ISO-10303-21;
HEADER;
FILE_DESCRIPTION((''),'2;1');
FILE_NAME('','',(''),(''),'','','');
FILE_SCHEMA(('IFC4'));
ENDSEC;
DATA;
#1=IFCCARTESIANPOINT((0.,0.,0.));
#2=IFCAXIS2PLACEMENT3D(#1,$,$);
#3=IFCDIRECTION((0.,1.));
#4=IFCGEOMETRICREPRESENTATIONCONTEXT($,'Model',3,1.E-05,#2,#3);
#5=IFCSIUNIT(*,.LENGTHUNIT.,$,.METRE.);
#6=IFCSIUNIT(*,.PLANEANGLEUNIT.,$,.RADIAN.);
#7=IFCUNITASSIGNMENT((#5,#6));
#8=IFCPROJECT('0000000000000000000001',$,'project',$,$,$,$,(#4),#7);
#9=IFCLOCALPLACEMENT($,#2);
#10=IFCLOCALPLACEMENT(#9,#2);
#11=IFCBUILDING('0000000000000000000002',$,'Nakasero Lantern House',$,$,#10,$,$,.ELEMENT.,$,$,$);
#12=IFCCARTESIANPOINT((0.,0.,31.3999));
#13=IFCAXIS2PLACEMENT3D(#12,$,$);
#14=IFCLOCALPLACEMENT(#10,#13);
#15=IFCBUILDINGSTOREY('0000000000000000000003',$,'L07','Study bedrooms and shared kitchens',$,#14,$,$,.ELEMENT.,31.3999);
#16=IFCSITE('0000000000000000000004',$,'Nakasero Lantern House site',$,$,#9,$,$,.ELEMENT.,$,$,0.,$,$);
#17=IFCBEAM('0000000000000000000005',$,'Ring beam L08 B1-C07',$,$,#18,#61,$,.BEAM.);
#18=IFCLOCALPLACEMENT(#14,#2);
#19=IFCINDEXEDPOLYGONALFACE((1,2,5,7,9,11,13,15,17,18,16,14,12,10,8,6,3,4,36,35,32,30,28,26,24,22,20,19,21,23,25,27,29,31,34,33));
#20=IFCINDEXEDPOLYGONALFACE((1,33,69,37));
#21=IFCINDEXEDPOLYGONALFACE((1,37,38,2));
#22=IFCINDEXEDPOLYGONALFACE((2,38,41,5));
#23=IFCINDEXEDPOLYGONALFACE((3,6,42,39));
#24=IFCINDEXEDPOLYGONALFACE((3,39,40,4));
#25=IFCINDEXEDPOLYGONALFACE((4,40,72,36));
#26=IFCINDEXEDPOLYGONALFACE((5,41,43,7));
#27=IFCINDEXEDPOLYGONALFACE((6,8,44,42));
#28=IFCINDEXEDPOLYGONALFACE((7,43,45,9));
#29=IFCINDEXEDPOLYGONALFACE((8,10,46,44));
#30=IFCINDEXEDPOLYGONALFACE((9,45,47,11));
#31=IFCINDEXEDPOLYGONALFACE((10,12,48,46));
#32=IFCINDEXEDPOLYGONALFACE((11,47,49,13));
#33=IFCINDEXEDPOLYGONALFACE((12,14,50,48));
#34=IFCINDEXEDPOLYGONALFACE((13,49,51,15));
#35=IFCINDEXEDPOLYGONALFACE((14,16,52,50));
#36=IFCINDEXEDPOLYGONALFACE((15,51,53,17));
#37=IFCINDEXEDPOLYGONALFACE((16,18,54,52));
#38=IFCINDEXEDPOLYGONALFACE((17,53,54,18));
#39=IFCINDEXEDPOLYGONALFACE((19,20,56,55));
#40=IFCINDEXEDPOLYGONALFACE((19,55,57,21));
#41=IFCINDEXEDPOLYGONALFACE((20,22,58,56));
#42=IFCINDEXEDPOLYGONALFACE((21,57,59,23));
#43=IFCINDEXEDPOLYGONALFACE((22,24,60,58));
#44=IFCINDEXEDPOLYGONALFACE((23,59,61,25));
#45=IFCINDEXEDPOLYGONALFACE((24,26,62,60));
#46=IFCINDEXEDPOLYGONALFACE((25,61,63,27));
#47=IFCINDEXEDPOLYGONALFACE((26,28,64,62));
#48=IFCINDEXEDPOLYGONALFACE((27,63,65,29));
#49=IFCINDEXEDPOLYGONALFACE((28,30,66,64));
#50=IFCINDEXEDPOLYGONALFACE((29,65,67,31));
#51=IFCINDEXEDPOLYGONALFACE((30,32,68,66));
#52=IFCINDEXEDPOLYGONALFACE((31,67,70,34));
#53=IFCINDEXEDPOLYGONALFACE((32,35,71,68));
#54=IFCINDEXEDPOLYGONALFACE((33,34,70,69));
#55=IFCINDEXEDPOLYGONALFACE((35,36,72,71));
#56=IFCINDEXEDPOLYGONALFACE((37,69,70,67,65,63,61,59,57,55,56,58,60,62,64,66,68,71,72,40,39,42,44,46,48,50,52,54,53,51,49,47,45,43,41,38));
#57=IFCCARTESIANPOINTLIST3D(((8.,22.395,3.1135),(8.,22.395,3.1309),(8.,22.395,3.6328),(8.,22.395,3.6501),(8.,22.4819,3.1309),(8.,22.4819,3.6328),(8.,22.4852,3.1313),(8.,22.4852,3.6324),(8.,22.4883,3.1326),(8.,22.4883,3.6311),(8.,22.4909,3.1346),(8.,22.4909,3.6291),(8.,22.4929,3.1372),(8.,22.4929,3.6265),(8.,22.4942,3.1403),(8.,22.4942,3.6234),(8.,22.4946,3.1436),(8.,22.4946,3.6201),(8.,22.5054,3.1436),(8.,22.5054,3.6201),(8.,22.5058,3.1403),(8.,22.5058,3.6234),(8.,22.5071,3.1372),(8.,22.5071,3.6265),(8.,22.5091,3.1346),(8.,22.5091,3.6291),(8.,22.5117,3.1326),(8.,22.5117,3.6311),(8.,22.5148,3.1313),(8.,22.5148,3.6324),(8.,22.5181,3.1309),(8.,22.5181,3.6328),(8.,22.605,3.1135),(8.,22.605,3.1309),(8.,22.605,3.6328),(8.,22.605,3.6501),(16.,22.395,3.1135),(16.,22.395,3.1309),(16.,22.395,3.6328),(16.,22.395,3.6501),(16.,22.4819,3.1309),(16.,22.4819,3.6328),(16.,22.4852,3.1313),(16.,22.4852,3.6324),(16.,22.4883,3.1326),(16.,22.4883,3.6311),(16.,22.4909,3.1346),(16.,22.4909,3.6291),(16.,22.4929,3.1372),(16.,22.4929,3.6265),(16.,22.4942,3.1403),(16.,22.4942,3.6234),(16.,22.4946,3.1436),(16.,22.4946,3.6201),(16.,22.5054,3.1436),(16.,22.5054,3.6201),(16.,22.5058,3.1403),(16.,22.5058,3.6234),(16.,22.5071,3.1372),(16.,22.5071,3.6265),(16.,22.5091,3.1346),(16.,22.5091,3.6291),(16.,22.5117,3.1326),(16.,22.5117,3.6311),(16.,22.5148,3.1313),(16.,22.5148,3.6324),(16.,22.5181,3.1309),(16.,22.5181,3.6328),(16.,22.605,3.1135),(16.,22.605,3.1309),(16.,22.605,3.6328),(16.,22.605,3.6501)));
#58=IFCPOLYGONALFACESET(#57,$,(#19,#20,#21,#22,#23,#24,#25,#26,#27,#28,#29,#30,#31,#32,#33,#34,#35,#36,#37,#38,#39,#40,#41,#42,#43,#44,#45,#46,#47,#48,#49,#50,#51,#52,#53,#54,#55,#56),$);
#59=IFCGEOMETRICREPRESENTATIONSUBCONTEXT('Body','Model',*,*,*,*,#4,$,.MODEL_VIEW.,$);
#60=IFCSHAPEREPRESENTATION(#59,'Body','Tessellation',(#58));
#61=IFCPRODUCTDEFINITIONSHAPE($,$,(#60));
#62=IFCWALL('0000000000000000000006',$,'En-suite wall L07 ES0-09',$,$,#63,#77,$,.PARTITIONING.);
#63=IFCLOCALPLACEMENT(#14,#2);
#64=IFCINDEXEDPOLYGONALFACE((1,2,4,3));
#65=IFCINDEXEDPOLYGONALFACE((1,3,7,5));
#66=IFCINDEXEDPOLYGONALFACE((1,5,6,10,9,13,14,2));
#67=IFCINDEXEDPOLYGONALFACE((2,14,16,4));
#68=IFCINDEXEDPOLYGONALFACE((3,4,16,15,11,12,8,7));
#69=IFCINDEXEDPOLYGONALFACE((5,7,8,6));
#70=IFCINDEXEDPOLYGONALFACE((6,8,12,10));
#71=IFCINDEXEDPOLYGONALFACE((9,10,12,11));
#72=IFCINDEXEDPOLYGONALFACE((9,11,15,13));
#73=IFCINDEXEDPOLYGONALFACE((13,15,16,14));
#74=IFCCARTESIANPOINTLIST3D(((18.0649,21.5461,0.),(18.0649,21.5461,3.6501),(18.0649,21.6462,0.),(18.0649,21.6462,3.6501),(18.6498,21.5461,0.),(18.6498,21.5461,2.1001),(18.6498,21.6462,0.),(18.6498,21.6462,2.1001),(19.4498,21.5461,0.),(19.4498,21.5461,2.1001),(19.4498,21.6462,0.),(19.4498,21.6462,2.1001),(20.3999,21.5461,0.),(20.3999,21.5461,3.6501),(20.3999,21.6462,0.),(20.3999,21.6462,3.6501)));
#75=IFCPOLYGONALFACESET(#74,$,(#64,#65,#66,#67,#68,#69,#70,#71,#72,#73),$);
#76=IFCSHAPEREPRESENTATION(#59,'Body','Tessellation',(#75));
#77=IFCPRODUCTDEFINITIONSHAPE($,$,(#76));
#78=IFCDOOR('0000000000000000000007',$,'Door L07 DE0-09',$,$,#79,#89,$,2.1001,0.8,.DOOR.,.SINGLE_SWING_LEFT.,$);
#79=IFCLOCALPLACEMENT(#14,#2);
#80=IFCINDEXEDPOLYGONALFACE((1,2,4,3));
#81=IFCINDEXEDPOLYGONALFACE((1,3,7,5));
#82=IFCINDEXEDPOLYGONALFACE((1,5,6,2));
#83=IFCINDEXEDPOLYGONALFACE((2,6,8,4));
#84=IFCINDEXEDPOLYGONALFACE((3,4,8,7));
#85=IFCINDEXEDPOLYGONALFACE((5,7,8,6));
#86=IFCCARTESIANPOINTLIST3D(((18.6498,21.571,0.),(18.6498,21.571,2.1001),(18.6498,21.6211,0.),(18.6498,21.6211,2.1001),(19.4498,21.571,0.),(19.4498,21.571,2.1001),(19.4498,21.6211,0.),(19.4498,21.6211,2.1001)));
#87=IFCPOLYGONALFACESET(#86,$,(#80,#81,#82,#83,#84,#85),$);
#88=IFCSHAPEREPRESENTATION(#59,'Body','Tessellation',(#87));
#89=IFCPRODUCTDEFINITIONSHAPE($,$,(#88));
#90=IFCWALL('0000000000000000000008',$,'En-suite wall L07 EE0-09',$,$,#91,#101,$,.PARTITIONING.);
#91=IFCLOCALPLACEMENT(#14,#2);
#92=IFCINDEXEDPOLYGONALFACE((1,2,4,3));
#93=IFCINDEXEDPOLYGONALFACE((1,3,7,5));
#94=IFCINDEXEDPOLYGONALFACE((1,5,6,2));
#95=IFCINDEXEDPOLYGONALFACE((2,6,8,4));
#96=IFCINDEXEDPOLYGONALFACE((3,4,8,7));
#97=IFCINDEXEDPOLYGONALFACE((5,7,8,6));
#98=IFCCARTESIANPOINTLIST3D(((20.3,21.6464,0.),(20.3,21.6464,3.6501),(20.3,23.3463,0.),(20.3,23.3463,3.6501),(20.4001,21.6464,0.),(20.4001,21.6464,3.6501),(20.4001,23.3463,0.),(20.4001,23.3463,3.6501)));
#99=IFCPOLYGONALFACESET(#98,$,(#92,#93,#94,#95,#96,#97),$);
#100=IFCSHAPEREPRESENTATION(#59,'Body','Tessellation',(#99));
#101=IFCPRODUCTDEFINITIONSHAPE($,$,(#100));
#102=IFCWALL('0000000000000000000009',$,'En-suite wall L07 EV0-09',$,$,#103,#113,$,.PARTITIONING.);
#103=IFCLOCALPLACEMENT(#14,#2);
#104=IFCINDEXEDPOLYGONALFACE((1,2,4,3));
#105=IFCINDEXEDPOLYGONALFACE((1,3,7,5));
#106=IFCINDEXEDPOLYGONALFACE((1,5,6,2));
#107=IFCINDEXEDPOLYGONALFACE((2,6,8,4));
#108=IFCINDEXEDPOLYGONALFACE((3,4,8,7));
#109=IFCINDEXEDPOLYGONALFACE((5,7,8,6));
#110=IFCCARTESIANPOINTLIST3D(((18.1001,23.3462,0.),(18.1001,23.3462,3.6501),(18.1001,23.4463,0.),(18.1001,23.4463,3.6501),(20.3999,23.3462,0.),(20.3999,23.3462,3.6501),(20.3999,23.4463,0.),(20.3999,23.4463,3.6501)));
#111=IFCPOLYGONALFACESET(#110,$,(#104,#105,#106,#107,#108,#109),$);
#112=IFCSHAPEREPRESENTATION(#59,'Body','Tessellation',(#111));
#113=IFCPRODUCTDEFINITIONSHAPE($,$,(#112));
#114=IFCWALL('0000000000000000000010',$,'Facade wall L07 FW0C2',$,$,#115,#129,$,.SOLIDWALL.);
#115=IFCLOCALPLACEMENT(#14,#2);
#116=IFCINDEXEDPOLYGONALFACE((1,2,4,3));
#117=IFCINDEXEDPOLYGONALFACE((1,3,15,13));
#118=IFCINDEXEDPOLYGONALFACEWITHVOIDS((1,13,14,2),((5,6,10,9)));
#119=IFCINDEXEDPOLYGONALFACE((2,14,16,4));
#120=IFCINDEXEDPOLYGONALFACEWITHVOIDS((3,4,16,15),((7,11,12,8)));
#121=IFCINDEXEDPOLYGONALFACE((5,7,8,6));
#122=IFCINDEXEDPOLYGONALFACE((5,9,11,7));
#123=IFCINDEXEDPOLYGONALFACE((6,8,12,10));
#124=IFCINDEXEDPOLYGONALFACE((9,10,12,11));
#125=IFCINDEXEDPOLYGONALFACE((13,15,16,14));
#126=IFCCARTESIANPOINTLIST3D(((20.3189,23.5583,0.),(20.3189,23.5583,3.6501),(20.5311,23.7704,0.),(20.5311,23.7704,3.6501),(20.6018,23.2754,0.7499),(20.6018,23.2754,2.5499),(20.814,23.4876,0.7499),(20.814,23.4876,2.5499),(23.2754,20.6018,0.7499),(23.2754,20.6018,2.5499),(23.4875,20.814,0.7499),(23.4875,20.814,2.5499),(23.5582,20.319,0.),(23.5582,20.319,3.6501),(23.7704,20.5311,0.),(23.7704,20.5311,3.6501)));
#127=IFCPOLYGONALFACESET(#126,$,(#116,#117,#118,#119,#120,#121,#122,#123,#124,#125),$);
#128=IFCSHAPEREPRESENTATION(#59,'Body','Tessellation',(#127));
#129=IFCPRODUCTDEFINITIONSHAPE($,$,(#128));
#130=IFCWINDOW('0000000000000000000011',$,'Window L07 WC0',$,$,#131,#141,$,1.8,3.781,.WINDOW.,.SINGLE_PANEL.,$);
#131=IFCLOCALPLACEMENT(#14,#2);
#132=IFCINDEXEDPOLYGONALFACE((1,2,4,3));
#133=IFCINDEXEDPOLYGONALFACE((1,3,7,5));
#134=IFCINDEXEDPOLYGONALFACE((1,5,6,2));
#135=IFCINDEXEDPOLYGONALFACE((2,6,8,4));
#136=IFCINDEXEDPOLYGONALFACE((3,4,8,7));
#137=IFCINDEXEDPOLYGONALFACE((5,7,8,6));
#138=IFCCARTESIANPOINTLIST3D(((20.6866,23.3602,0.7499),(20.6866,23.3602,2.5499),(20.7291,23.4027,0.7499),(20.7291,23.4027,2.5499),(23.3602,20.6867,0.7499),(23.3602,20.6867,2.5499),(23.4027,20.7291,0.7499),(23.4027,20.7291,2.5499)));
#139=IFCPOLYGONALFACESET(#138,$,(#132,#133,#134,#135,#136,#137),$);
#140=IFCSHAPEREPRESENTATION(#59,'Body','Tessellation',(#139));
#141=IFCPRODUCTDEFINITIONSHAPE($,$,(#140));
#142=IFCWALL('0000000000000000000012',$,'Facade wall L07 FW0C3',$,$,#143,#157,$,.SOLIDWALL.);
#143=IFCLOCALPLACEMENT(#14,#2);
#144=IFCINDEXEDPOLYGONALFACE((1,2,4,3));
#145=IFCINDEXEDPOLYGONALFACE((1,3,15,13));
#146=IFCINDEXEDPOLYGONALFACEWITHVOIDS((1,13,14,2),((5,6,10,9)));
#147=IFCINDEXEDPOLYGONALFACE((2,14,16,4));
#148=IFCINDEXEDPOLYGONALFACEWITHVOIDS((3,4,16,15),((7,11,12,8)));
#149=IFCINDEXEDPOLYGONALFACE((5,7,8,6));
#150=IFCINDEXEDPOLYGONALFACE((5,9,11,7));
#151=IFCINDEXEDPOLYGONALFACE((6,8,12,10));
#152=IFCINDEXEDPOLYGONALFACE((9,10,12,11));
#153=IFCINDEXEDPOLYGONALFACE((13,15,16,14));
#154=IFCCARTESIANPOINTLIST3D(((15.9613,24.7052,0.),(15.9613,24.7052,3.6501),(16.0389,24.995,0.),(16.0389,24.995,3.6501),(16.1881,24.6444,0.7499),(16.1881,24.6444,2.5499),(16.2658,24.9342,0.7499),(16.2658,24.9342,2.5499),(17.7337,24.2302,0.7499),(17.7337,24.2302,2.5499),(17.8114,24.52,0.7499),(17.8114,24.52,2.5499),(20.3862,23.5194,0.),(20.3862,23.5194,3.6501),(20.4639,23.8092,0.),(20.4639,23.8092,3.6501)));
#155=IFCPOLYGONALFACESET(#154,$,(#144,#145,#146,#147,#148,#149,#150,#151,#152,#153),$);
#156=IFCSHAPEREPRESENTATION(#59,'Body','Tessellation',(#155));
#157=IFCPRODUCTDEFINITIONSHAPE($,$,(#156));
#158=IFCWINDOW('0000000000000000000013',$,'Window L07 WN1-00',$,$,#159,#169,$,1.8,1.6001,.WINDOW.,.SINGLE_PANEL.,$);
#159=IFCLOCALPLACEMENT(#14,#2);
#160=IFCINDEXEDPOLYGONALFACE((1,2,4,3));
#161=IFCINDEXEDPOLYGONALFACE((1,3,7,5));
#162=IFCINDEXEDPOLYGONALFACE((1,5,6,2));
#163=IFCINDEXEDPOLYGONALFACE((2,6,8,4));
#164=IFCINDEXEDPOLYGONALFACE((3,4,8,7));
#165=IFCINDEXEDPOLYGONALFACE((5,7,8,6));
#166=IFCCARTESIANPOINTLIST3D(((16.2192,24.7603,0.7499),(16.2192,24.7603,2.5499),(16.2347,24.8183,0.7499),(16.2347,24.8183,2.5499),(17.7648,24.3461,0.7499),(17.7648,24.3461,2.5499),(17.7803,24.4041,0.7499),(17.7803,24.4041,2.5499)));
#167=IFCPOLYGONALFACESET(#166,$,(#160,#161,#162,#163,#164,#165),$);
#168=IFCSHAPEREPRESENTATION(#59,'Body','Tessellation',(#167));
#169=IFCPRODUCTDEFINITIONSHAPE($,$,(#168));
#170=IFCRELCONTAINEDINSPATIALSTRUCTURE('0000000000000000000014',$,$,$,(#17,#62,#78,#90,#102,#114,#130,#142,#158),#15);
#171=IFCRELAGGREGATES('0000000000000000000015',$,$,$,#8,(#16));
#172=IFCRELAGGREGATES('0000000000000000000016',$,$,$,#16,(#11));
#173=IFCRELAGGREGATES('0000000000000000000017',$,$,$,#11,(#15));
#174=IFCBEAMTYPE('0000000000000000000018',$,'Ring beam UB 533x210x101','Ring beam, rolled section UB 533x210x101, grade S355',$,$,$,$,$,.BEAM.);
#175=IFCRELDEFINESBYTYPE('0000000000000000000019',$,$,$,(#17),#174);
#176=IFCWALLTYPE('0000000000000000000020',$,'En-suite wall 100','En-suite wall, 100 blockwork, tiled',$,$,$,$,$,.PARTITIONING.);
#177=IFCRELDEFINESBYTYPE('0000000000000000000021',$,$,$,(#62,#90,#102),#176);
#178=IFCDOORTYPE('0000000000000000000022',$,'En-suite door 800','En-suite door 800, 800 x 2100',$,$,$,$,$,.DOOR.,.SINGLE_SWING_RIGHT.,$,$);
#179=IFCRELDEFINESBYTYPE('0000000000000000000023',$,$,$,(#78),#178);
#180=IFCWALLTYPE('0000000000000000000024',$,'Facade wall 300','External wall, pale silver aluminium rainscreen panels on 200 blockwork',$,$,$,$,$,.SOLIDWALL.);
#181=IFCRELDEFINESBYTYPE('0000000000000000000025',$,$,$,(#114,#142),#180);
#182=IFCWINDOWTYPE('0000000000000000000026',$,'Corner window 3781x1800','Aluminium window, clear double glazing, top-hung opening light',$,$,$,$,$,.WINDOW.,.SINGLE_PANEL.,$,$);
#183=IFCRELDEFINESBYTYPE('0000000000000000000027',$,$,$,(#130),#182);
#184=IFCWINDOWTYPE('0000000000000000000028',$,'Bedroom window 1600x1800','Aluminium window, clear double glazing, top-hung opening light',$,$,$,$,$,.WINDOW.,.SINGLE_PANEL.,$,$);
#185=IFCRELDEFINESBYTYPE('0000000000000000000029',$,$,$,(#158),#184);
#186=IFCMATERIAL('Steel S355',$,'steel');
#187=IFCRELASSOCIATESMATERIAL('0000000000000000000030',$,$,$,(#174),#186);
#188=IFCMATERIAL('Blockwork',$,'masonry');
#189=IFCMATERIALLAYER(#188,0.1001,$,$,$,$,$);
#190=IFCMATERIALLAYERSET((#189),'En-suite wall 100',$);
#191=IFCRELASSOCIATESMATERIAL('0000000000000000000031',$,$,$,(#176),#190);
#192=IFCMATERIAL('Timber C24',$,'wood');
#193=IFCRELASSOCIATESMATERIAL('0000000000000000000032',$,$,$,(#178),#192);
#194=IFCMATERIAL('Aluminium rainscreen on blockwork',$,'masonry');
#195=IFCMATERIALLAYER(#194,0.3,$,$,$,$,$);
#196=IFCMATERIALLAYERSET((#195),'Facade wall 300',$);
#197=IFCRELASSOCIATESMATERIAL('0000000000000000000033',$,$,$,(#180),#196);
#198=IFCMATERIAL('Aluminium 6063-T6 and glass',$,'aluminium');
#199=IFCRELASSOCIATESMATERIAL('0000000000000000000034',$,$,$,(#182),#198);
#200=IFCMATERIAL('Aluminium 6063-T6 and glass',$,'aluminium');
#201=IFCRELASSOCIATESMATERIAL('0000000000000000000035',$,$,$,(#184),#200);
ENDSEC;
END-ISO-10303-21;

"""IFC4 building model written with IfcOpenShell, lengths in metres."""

from ifc_helpers import new_model, si_unit, direction, frame, frame_2d, origin, origin_2d, place, context, subcontext, project, spatial, rectangle, i_section, extrude, material, layer, layer_set, material_profile, profile_set, type_object, element, fill, save


model = new_model("IFC4")

# Units and contexts
model_context = context("Model", 3, precision=1e-05, world=origin(), true_north=direction((0.0, 1.0)))
body_context = subcontext(model_context, "Body", "Model", "MODEL_VIEW")
ifc_project = project(units=[si_unit("LENGTHUNIT", "METRE"), si_unit("PLANEANGLEUNIT", "RADIAN")], contexts=[model_context])

# Site, building, storey
site_placement = place(None, origin())
site = spatial("IfcSite", under=ifc_project, at=site_placement, Name="Nakasero Lantern House site", CompositionType="ELEMENT", RefElevation=0.0)
building_placement = place(site_placement, origin())
building = spatial("IfcBuilding", under=site, at=building_placement, Name="Nakasero Lantern House", CompositionType="ELEMENT")
storey_placement = place(building_placement, frame((0.0, 0.0, 31.3999)))
storey = spatial("IfcBuildingStorey", under=building, at=storey_placement, Name="L07", Description="Study bedrooms and shared kitchens", CompositionType="ELEMENT", Elevation=31.3999)

# Beam
ifc_material_1 = material(Name="Steel S355", Category="steel")
ifc_material_profile_1 = material_profile(ifc_material_1, i_section(OverallWidth=0.21, OverallDepth=0.5366, WebThickness=0.0107, FlangeThickness=0.0173, FilletRadius=0.0127, at=origin_2d()), Name="UB 533x210x101")
ifc_profile_set_1 = profile_set([ifc_material_profile_1], Name="Steel S355")
beam_type_1 = type_object("IfcBeamType", Name="Ring beam UB 533x210x101", Description="Ring beam, rolled section UB 533x210x101, grade S355", PredefinedType="BEAM", material=ifc_profile_set_1)
beam_1_placement = place(storey_placement, frame((16.0, 22.5, 3.3818), z_axis=(-1.0, 0.0, 0.0), x_axis=(0.0, -1.0, 0.0)))
element("IfcBeam", 1, at=beam_1_placement, inside=storey, type_object=beam_type_1, Name="Ring beam L08 B1-C07", PredefinedType="BEAM", context=body_context, shape_type="SweptSolid", body=[
    extrude(i_section(OverallWidth=0.21, OverallDepth=0.5366, WebThickness=0.0107, FlangeThickness=0.0173, FilletRadius=0.0127, at=origin_2d()), origin(), (0.0, 0.0, 1.0), 8.0),
])

# Wall, opening, door
ifc_material_2 = material(Name="Blockwork", Category="masonry")
ifc_layer_1 = layer(ifc_material_2, 0.1001)
ifc_layer_set_1 = layer_set([ifc_layer_1], Name="En-suite wall 100")
wall_type_1 = type_object("IfcWallType", Name="En-suite wall 100", Description="En-suite wall, 100 blockwork, tiled", PredefinedType="PARTITIONING", material=ifc_layer_set_1)
wall_1_placement = place(storey_placement, frame((18.0649, 21.5962, 0.0), z_axis=(0.0, 0.0, 1.0), x_axis=(1.0, 0.0, 0.0)))
wall_1 = element("IfcWall", 2, at=wall_1_placement, inside=storey, type_object=wall_type_1, Name="En-suite wall L07 ES0-09", PredefinedType="PARTITIONING", context=body_context, shape_type="SweptSolid", body=[
    extrude(rectangle(XDim=2.335, YDim=0.1001, at=frame_2d((1.1675, 0.0))), origin(), (0.0, 0.0, 1.0), 3.6501),
])
opening_1_placement = place(wall_1_placement, frame((0.585, 0.0, 0.0)))
opening_1 = element("IfcOpeningElement", 3, at=opening_1_placement, cuts=wall_1, PredefinedType="OPENING", context=body_context, shape_type="SweptSolid", body=[
    extrude(rectangle(XDim=0.8, YDim=2.1001, at=frame_2d((0.3999, 1.05))), frame((0.0, 0.0701, 0.0), z_axis=(0.0, -1.0, 0.0), x_axis=(1.0, 0.0, 0.0)), (0.0, 0.0, 1.0), 0.1401),
])
ifc_material_3 = material(Name="Timber C24", Category="wood")
door_type_1 = type_object("IfcDoorType", Name="En-suite door 800", Description="En-suite door 800, 800 x 2100", OperationType="SINGLE_SWING_RIGHT", PredefinedType="DOOR", material=ifc_material_3)
door_1_placement = place(opening_1_placement, origin())
door_1 = element("IfcDoor", 4, at=door_1_placement, inside=storey, type_object=door_type_1, Name="Door L07 DE0-09", OperationType="SINGLE_SWING_LEFT", OverallHeight=2.1001, OverallWidth=0.8, PredefinedType="DOOR", context=body_context, shape_type="SweptSolid", body=[
    extrude(rectangle(XDim=0.8, YDim=2.1001, at=frame_2d((0.3999, 1.05))), frame((0.0, 0.0249, 0.0), z_axis=(0.0, -1.0, 0.0), x_axis=(1.0, 0.0, 0.0)), (0.0, 0.0, 1.0), 0.05),
])
fill(opening_1, door_1)

# Walls
wall_2_placement = place(storey_placement, frame((20.3501, 21.6462, 0.0), z_axis=(0.0, 0.0, 1.0), x_axis=(0.0, 1.0, 0.0)))
element("IfcWall", 5, at=wall_2_placement, inside=storey, type_object=wall_type_1, Name="En-suite wall L07 EE0-09", PredefinedType="PARTITIONING", context=body_context, shape_type="SweptSolid", body=[
    extrude(rectangle(XDim=1.7, YDim=0.1001, at=frame_2d((0.8501, 0.0))), origin(), (0.0, 0.0, 1.0), 3.6501),
])
wall_3_placement = place(storey_placement, frame((18.1001, 23.3962, 0.0), z_axis=(0.0, 0.0, 1.0), x_axis=(1.0, 0.0, 0.0)))
element("IfcWall", 6, at=wall_3_placement, inside=storey, type_object=wall_type_1, Name="En-suite wall L07 EV0-09", PredefinedType="PARTITIONING", context=body_context, shape_type="SweptSolid", body=[
    extrude(rectangle(XDim=2.2998, YDim=0.1001, at=frame_2d((1.1499, 0.0))), origin(), (0.0, 0.0, 1.0), 3.6501),
])

# Walls, openings, windows
ifc_material_4 = material(Name="Aluminium rainscreen on blockwork", Category="masonry")
ifc_layer_2 = layer(ifc_material_4, 0.3)
ifc_layer_set_2 = layer_set([ifc_layer_2], Name="Facade wall 300")
wall_type_2 = type_object("IfcWallType", Name="Facade wall 300", Description="External wall, pale silver aluminium rainscreen panels on 200 blockwork", PredefinedType="SOLIDWALL", material=ifc_layer_set_2)
wall_4_placement = place(storey_placement, frame((23.6643, 20.425, 0.0), z_axis=(0.0, 0.0, 1.0), x_axis=(-0.707107, 0.707107, 0.0)))
wall_4 = element("IfcWall", 7, at=wall_4_placement, inside=storey, type_object=wall_type_2, Name="Facade wall L07 FW0C2", PredefinedType="SOLIDWALL", context=body_context, shape_type="SweptSolid", body=[
    extrude(rectangle(XDim=4.5811, YDim=0.3, at=frame_2d((2.2905, 0.0))), origin(), (0.0, 0.0, 1.0), 3.6501),
])
opening_2_placement = place(wall_4_placement, frame((0.3999, 0.0, 0.75)))
opening_2 = element("IfcOpeningElement", 8, at=opening_2_placement, cuts=wall_4, PredefinedType="OPENING", context=body_context, shape_type="SweptSolid", body=[
    extrude(rectangle(XDim=3.781, YDim=1.8, at=frame_2d((1.8906, 0.8999))), frame((0.0, 0.1699, 0.0), z_axis=(0.0, -1.0, 0.0), x_axis=(1.0, 0.0, 0.0)), (0.0, 0.0, 1.0), 0.3401),
])
ifc_material_5 = material(Name="Aluminium 6063-T6 and glass", Category="aluminium")
window_type_1 = type_object("IfcWindowType", Name="Corner window 3781x1800", Description="Aluminium window, clear double glazing, top-hung opening light", PartitioningType="SINGLE_PANEL", PredefinedType="WINDOW", material=ifc_material_5)
window_1_placement = place(opening_2_placement, origin())
window_1 = element("IfcWindow", 9, at=window_1_placement, inside=storey, type_object=window_type_1, Name="Window L07 WC0", OverallHeight=1.8, OverallWidth=3.781, PartitioningType="SINGLE_PANEL", PredefinedType="WINDOW", context=body_context, shape_type="SweptSolid", body=[
    extrude(rectangle(XDim=3.781, YDim=1.8, at=frame_2d((1.8906, 0.8999))), frame((0.0, 0.03, 0.0), z_axis=(0.0, -1.0, 0.0), x_axis=(1.0, 0.0, 0.0)), (0.0, 0.0, 1.0), 0.0601),
])
fill(opening_2, window_1)
wall_5_placement = place(storey_placement, frame((20.425, 23.6643, 0.0), z_axis=(0.0, 0.0, 1.0), x_axis=(-0.96592, 0.25884, 0.0)))
wall_5 = element("IfcWall", 10, at=wall_5_placement, inside=storey, type_object=wall_type_2, Name="Facade wall L07 FW0C3", PredefinedType="SOLIDWALL", context=body_context, shape_type="SweptSolid", body=[
    extrude(rectangle(XDim=4.5811, YDim=0.3, at=frame_2d((2.2905, 0.0))), origin(), (0.0, 0.0, 1.0), 3.6501),
])
opening_3_placement = place(wall_5_placement, frame((2.7461, 0.0, 0.75)))
opening_3 = element("IfcOpeningElement", 11, at=opening_3_placement, cuts=wall_5, PredefinedType="OPENING", context=body_context, shape_type="SweptSolid", body=[
    extrude(rectangle(XDim=1.6001, YDim=1.8, at=frame_2d((0.8, 0.8999))), frame((0.0, 0.1699, 0.0), z_axis=(0.0, -1.0, 0.0), x_axis=(1.0, 0.0, 0.0)), (0.0, 0.0, 1.0), 0.3401),
])
ifc_material_6 = material(Name="Aluminium 6063-T6 and glass", Category="aluminium")
window_type_2 = type_object("IfcWindowType", Name="Bedroom window 1600x1800", Description="Aluminium window, clear double glazing, top-hung opening light", PartitioningType="SINGLE_PANEL", PredefinedType="WINDOW", material=ifc_material_6)
window_2_placement = place(opening_3_placement, origin())
window_2 = element("IfcWindow", 12, at=window_2_placement, inside=storey, type_object=window_type_2, Name="Window L07 WN1-00", OverallHeight=1.8, OverallWidth=1.6001, PartitioningType="SINGLE_PANEL", PredefinedType="WINDOW", context=body_context, shape_type="SweptSolid", body=[
    extrude(rectangle(XDim=1.6001, YDim=1.8, at=frame_2d((0.8, 0.8999))), frame((0.0, 0.03, 0.0), z_axis=(0.0, -1.0, 0.0), x_axis=(1.0, 0.0, 0.0)), (0.0, 0.0, 1.0), 0.0601),
])
fill(opening_3, window_2)

save(model, "model.ifc")
